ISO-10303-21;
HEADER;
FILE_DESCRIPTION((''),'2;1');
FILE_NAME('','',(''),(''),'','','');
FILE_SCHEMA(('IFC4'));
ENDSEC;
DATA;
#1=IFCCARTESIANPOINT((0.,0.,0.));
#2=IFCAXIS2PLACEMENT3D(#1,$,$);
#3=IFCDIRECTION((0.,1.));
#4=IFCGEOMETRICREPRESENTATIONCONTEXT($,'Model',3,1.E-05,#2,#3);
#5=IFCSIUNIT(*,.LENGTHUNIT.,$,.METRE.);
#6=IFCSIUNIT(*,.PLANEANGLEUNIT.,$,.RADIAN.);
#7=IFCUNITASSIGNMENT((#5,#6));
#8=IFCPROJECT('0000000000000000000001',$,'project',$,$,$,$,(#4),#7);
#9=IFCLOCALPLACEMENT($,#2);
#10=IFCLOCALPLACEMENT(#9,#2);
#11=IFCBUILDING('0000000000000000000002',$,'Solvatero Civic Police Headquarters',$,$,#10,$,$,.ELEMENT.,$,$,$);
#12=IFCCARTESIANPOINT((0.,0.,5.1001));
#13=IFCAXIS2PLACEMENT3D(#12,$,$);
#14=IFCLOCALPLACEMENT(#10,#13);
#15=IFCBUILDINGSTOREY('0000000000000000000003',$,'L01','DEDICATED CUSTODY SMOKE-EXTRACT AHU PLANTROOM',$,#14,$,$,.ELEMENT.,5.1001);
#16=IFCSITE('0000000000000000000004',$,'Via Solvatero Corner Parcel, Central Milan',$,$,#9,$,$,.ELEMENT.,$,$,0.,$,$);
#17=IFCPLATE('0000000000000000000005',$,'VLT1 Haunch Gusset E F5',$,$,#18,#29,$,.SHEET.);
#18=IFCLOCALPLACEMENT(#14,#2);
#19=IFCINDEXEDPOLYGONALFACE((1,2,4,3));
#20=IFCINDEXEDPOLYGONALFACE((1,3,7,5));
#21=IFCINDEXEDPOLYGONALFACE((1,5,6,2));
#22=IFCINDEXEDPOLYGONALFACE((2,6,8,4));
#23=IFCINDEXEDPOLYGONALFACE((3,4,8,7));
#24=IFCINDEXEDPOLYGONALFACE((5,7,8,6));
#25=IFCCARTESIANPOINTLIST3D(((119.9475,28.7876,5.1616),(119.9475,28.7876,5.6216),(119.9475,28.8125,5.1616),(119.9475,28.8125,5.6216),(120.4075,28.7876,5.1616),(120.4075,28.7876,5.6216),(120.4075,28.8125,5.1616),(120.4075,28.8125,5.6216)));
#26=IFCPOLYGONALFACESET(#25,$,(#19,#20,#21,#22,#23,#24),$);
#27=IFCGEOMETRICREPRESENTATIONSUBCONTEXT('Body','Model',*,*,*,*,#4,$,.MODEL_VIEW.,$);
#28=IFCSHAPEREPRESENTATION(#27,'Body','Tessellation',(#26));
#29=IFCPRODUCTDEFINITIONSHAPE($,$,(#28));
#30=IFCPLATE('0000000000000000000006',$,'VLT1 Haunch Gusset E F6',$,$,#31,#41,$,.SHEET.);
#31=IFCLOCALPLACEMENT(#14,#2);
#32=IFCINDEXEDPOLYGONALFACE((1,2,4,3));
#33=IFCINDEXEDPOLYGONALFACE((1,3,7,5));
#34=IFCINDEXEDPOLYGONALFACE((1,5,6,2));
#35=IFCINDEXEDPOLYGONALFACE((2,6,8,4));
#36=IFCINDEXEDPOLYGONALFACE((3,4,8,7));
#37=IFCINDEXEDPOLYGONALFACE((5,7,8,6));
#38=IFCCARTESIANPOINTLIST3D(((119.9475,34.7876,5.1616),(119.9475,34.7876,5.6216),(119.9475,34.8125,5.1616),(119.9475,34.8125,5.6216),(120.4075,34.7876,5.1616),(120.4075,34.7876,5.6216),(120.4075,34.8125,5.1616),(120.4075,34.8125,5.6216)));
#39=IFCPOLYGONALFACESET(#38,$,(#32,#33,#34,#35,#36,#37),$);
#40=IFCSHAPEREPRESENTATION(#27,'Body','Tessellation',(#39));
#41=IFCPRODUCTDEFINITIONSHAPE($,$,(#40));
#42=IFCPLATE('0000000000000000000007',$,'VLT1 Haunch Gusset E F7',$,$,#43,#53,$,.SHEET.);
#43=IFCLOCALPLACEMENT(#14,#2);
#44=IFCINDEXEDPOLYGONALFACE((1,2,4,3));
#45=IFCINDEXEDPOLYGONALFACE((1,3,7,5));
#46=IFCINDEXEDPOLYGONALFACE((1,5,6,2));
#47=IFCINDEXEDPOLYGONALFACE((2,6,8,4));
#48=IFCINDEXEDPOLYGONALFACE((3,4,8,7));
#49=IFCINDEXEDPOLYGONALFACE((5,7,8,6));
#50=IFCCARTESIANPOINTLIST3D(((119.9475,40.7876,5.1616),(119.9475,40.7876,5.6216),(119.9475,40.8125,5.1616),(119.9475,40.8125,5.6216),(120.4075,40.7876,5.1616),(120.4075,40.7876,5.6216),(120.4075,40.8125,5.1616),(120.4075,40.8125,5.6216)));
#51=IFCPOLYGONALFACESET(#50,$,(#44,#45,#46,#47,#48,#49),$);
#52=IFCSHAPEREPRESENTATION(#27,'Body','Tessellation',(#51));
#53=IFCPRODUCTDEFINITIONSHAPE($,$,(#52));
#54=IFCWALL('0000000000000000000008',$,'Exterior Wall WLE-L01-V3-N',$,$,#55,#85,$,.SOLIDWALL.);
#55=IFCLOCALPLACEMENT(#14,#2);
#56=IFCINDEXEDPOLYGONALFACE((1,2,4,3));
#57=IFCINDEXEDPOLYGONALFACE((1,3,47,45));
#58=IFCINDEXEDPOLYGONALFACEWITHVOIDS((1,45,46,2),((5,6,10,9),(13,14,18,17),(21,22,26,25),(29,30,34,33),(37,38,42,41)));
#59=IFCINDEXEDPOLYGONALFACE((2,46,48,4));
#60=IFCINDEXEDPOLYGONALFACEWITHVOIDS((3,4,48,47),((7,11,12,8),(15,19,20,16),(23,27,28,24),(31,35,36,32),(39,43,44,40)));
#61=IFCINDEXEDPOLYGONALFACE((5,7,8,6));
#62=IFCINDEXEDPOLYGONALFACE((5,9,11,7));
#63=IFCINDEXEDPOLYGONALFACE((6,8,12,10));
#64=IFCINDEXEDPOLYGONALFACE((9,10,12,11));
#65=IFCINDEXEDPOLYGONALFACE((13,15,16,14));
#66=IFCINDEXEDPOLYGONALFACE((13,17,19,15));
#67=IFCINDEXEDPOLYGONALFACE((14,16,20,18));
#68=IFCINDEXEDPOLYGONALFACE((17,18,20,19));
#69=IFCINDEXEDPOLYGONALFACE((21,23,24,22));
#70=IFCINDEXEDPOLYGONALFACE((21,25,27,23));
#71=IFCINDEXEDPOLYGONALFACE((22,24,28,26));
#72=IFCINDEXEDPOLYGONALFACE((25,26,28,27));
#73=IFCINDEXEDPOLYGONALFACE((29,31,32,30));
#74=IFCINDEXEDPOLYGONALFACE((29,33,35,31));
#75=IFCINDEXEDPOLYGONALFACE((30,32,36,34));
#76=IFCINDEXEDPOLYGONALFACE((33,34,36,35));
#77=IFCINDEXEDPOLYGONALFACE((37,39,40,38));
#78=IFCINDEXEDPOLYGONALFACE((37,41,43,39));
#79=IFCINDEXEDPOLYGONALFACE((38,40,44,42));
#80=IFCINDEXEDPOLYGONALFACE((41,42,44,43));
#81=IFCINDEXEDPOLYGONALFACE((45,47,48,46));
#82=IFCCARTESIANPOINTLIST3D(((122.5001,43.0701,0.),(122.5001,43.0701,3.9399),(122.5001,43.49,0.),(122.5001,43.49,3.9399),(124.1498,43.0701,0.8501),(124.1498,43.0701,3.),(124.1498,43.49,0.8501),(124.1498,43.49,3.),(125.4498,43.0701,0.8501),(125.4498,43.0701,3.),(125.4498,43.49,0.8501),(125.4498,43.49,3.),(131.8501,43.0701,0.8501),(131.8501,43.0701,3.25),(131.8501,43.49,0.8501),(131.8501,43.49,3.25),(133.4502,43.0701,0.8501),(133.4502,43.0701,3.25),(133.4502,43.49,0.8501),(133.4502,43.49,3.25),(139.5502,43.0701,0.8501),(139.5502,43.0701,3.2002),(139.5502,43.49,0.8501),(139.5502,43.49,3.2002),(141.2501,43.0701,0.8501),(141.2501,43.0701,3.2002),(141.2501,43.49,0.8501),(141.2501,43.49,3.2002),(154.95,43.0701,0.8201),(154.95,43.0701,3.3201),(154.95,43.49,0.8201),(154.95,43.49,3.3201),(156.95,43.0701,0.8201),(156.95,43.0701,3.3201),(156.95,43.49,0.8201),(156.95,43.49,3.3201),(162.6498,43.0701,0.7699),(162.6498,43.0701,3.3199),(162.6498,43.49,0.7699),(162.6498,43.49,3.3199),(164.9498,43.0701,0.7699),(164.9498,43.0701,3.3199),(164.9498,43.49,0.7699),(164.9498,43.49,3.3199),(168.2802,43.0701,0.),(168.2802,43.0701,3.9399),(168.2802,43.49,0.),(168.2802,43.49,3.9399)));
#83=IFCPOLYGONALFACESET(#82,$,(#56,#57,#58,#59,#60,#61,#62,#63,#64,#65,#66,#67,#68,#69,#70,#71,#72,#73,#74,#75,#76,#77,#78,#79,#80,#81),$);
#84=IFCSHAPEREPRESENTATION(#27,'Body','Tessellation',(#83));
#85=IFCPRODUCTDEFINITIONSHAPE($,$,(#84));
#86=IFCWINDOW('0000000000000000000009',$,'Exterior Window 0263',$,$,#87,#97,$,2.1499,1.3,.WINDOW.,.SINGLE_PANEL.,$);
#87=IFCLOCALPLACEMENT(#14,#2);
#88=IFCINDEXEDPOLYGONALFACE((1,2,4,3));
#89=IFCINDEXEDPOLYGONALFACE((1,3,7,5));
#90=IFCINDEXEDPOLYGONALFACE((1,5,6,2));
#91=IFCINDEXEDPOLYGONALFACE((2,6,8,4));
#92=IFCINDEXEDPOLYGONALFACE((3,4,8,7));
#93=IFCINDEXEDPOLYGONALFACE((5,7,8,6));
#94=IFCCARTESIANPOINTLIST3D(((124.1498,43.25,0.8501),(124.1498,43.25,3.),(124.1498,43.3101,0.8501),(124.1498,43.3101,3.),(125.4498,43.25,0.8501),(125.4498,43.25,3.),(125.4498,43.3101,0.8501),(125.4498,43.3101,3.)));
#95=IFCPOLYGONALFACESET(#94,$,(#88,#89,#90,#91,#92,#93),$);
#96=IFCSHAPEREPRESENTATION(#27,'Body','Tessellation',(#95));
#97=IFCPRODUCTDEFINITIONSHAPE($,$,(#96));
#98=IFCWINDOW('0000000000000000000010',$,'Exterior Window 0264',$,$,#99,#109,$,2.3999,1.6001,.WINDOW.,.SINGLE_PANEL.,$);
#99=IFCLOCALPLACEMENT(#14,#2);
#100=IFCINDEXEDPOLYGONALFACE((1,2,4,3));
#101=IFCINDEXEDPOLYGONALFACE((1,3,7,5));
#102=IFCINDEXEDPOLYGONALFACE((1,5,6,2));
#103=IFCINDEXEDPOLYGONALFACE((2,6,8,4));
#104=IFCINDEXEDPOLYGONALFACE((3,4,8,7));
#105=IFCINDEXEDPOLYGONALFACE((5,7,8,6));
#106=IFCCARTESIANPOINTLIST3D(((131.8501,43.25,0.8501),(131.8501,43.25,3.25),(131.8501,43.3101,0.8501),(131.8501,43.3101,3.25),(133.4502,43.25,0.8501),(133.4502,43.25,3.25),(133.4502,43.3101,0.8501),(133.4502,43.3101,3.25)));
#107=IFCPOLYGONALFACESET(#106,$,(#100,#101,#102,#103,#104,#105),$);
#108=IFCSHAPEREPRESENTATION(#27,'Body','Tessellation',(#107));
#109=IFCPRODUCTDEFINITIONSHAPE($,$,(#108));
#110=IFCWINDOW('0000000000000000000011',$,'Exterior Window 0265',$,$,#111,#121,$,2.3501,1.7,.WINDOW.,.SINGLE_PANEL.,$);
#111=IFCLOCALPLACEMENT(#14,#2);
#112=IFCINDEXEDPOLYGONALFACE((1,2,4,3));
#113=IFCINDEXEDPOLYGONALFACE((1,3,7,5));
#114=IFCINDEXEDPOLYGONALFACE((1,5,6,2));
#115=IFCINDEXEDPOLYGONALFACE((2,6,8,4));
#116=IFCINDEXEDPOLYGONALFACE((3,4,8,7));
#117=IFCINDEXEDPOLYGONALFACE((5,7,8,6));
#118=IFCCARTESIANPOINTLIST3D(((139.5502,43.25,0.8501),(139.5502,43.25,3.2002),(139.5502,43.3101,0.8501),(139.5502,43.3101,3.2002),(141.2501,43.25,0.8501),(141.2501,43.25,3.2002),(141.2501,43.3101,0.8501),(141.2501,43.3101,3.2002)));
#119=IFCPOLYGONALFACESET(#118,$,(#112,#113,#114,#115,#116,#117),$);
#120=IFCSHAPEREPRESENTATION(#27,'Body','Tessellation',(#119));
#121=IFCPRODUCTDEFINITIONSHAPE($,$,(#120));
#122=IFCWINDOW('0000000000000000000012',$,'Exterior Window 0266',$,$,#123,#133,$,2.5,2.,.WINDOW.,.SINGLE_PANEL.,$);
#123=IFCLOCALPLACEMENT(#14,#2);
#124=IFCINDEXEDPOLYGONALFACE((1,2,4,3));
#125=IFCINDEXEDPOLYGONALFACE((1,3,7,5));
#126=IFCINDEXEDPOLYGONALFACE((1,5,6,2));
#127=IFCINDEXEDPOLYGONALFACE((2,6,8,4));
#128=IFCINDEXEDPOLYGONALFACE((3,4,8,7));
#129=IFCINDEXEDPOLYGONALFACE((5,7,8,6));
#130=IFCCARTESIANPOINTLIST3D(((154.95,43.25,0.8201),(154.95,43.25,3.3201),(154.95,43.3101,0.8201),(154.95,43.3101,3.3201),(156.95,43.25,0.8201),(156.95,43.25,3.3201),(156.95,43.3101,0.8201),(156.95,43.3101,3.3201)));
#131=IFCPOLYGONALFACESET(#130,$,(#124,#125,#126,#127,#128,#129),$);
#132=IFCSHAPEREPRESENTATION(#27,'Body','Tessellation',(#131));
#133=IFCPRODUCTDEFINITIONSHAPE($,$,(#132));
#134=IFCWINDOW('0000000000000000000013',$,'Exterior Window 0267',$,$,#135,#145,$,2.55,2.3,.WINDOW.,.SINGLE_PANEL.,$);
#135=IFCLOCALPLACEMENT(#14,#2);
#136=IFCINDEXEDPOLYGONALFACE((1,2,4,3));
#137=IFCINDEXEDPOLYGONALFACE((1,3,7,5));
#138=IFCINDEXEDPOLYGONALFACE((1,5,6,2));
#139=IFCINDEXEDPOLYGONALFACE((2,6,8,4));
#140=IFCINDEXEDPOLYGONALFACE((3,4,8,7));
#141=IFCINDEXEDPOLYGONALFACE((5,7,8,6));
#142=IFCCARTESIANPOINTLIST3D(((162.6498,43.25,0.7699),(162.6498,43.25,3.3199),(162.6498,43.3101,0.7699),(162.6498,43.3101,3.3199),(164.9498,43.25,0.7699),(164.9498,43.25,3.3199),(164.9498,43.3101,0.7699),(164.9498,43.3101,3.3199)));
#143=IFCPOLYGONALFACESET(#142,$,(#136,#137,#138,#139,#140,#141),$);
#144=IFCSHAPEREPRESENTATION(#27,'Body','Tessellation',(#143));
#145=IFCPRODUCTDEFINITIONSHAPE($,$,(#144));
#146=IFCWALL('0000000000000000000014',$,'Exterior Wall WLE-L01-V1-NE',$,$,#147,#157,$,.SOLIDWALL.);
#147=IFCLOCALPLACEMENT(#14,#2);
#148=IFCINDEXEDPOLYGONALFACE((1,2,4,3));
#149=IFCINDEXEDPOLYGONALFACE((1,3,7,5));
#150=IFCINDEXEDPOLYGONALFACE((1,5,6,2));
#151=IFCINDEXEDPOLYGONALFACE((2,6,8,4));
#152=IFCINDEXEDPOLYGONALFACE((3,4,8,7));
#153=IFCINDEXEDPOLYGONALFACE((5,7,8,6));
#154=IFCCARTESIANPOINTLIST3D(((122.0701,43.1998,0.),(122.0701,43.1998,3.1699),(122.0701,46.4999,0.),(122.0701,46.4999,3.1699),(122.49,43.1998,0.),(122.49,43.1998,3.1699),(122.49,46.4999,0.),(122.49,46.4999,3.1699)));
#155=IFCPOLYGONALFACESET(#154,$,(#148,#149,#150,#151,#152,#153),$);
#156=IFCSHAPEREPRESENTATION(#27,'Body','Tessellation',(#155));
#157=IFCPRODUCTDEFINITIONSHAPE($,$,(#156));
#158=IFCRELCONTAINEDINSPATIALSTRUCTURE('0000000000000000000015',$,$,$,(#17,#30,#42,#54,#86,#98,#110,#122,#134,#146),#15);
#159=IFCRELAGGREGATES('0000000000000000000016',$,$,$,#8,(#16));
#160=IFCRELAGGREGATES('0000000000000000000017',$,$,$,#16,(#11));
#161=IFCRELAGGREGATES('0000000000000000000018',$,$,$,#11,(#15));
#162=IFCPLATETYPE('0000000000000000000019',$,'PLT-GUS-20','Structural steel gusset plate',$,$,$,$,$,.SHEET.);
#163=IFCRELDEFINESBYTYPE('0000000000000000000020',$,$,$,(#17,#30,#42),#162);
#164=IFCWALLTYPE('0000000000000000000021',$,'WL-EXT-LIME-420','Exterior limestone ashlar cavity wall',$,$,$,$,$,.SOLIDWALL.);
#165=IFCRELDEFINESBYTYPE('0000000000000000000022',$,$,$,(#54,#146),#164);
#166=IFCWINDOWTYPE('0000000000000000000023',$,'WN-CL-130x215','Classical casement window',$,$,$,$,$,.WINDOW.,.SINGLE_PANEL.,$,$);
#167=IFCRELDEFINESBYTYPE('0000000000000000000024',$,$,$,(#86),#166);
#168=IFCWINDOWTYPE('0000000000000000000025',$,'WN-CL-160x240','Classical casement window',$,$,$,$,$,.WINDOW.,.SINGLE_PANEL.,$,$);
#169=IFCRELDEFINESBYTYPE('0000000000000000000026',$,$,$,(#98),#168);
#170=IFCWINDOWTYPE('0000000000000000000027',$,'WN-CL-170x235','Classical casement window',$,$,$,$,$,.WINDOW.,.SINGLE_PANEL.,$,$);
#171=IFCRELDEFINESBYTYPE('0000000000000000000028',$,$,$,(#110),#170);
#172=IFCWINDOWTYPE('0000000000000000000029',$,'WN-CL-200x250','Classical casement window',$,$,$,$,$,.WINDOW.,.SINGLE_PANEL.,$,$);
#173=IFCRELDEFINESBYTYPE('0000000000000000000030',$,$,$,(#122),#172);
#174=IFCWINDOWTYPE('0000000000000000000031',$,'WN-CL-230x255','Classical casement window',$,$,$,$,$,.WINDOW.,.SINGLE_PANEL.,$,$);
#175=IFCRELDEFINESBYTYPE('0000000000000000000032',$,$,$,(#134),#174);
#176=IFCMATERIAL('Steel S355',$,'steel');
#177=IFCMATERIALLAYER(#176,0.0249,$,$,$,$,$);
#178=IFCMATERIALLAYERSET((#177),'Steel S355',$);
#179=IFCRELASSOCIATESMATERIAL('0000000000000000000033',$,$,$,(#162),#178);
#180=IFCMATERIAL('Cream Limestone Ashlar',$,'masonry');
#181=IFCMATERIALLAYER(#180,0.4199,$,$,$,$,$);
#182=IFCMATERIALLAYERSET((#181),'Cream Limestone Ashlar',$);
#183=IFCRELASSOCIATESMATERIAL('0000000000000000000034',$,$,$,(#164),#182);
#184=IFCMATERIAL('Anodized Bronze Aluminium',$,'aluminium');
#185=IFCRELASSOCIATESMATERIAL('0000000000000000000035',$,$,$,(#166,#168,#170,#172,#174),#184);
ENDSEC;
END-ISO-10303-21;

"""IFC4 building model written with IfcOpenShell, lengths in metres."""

from ifc_helpers import new_model, si_unit, direction, frame, frame_2d, origin, origin_2d, place, context, subcontext, project, spatial, rectangle, extrude, material, layer, layer_set, type_object, element, fill, save


model = new_model("IFC4")

# Units and contexts
model_context = context("Model", 3, precision=1e-05, world=origin(), true_north=direction((0.0, 1.0)))
body_context = subcontext(model_context, "Body", "Model", "MODEL_VIEW")
ifc_project = project(units=[si_unit("LENGTHUNIT", "METRE"), si_unit("PLANEANGLEUNIT", "RADIAN")], contexts=[model_context])

# Site, building, storey
site_placement = place(None, origin())
site = spatial("IfcSite", under=ifc_project, at=site_placement, Name="Via Solvatero Corner Parcel, Central Milan", CompositionType="ELEMENT", RefElevation=0.0)
building_placement = place(site_placement, origin())
building = spatial("IfcBuilding", under=site, at=building_placement, Name="Solvatero Civic Police Headquarters", CompositionType="ELEMENT")
storey_placement = place(building_placement, frame((0.0, 0.0, 5.1001)))
storey = spatial("IfcBuildingStorey", under=building, at=storey_placement, Name="L01", Description="DEDICATED CUSTODY SMOKE-EXTRACT AHU PLANTROOM", CompositionType="ELEMENT", Elevation=5.1001)

# Shared definitions
ifc_material_1 = material(Name="Steel S355", Category="steel")

# Plates
ifc_layer_1 = layer(ifc_material_1, 0.0249)
ifc_layer_set_1 = layer_set([ifc_layer_1], Name="Steel S355")
plate_type_1 = type_object("IfcPlateType", Name="PLT-GUS-20", Description="Structural steel gusset plate", PredefinedType="SHEET", material=ifc_layer_set_1)
for number, where, z_axis, x_axis, name in (
    (1, (120.1775, 28.8, 5.1616), (0.0, 0.0, 1.0), (1.0, 0.0, 0.0), "VLT1 Haunch Gusset E F5"),
    (2, (120.1775, 34.8, 5.1616), (0.0, 0.0, 1.0), (1.0, 0.0, 0.0), "VLT1 Haunch Gusset E F6"),
    (3, (120.1775, 40.8, 5.1616), (0.0, 0.0, 1.0), (1.0, 0.0, 0.0), "VLT1 Haunch Gusset E F7"),
):
    element("IfcPlate", number, at=place(storey_placement, frame(where, z_axis=z_axis, x_axis=x_axis)), inside=storey, type_object=plate_type_1, Name=name, PredefinedType="SHEET", context=body_context, shape_type="SweptSolid", body=[
        extrude(rectangle(XDim=0.46, YDim=0.0249, at=origin_2d()), origin(), (0.0, 0.0, 1.0), 0.46),
    ])

# Wall, openings, windows
ifc_material_2 = material(Name="Cream Limestone Ashlar", Category="masonry")
ifc_layer_2 = layer(ifc_material_2, 0.4199)
ifc_layer_set_2 = layer_set([ifc_layer_2], Name="Cream Limestone Ashlar")
wall_type_1 = type_object("IfcWallType", Name="WL-EXT-LIME-420", Description="Exterior limestone ashlar cavity wall", PredefinedType="SOLIDWALL", material=ifc_layer_set_2)
wall_1_placement = place(storey_placement, frame((122.5, 43.28, 0.0), z_axis=(0.0, 0.0, 1.0), x_axis=(1.0, 0.0, 0.0)))
wall_1 = element("IfcWall", 4, at=wall_1_placement, inside=storey, type_object=wall_type_1, Name="Exterior Wall WLE-L01-V3-N", PredefinedType="SOLIDWALL", context=body_context, shape_type="SweptSolid", body=[
    extrude(rectangle(XDim=45.78, YDim=0.4199, at=frame_2d((22.8901, 0.0))), origin(), (0.0, 0.0, 1.0), 3.9399),
])
opening_1_placement = place(wall_1_placement, frame((1.6499, 0.0, 0.8501)))
opening_1 = element("IfcOpeningElement", 5, at=opening_1_placement, cuts=wall_1, PredefinedType="OPENING", context=body_context, shape_type="SweptSolid", body=[
    extrude(rectangle(XDim=1.3, YDim=2.1499, at=frame_2d((0.6499, 1.075))), frame((0.0, 0.22, 0.0), z_axis=(0.0, -1.0, 0.0), x_axis=(1.0, 0.0, 0.0)), (0.0, 0.0, 1.0), 0.4399),
])
opening_2_placement = place(wall_1_placement, frame((9.3501, 0.0, 0.8501)))
opening_2 = element("IfcOpeningElement", 6, at=opening_2_placement, cuts=wall_1, PredefinedType="OPENING", context=body_context, shape_type="SweptSolid", body=[
    extrude(rectangle(XDim=1.6001, YDim=2.3999, at=frame_2d((0.8, 1.2))), frame((0.0, 0.22, 0.0), z_axis=(0.0, -1.0, 0.0), x_axis=(1.0, 0.0, 0.0)), (0.0, 0.0, 1.0), 0.4399),
])
opening_3_placement = place(wall_1_placement, frame((17.05, 0.0, 0.8501)))
opening_3 = element("IfcOpeningElement", 7, at=opening_3_placement, cuts=wall_1, PredefinedType="OPENING", context=body_context, shape_type="SweptSolid", body=[
    extrude(rectangle(XDim=1.7, YDim=2.3501, at=frame_2d((0.8501, 1.175))), frame((0.0, 0.22, 0.0), z_axis=(0.0, -1.0, 0.0), x_axis=(1.0, 0.0, 0.0)), (0.0, 0.0, 1.0), 0.4399),
])
opening_4_placement = place(wall_1_placement, frame((32.45, 0.0, 0.8201)))
opening_4 = element("IfcOpeningElement", 8, at=opening_4_placement, cuts=wall_1, PredefinedType="OPENING", context=body_context, shape_type="SweptSolid", body=[
    extrude(rectangle(XDim=2.0, YDim=2.5, at=frame_2d((1.0, 1.25))), frame((0.0, 0.22, 0.0), z_axis=(0.0, -1.0, 0.0), x_axis=(1.0, 0.0, 0.0)), (0.0, 0.0, 1.0), 0.4399),
])
opening_5_placement = place(wall_1_placement, frame((40.1499, 0.0, 0.77)))
opening_5 = element("IfcOpeningElement", 9, at=opening_5_placement, cuts=wall_1, PredefinedType="OPENING", context=body_context, shape_type="SweptSolid", body=[
    extrude(rectangle(XDim=2.3, YDim=2.55, at=frame_2d((1.1499, 1.2749))), frame((0.0, 0.22, 0.0), z_axis=(0.0, -1.0, 0.0), x_axis=(1.0, 0.0, 0.0)), (0.0, 0.0, 1.0), 0.4399),
])
ifc_material_3 = material(Name="Anodized Bronze Aluminium", Category="aluminium")
window_type_1 = type_object("IfcWindowType", Name="WN-CL-130x215", Description="Classical casement window", PartitioningType="SINGLE_PANEL", PredefinedType="WINDOW", material=ifc_material_3)
window_1_placement = place(opening_1_placement, origin())
window_1 = element("IfcWindow", 10, at=window_1_placement, inside=storey, type_object=window_type_1, Name="Exterior Window 0263", OverallHeight=2.1499, OverallWidth=1.3, PartitioningType="SINGLE_PANEL", PredefinedType="WINDOW", context=body_context, shape_type="SweptSolid", body=[
    extrude(rectangle(XDim=1.3, YDim=2.1499, at=frame_2d((0.6499, 1.075))), frame((0.0, 0.03, 0.0), z_axis=(0.0, -1.0, 0.0), x_axis=(1.0, 0.0, 0.0)), (0.0, 0.0, 1.0), 0.0601),
])
fill(opening_1, window_1)
window_type_2 = type_object("IfcWindowType", Name="WN-CL-160x240", Description="Classical casement window", PartitioningType="SINGLE_PANEL", PredefinedType="WINDOW", material=ifc_material_3)
window_2_placement = place(opening_2_placement, origin())
window_2 = element("IfcWindow", 11, at=window_2_placement, inside=storey, type_object=window_type_2, Name="Exterior Window 0264", OverallHeight=2.3999, OverallWidth=1.6001, PartitioningType="SINGLE_PANEL", PredefinedType="WINDOW", context=body_context, shape_type="SweptSolid", body=[
    extrude(rectangle(XDim=1.6001, YDim=2.3999, at=frame_2d((0.8, 1.2))), frame((0.0, 0.03, 0.0), z_axis=(0.0, -1.0, 0.0), x_axis=(1.0, 0.0, 0.0)), (0.0, 0.0, 1.0), 0.0601),
])
fill(opening_2, window_2)
window_type_3 = type_object("IfcWindowType", Name="WN-CL-170x235", Description="Classical casement window", PartitioningType="SINGLE_PANEL", PredefinedType="WINDOW", material=ifc_material_3)
window_3_placement = place(opening_3_placement, origin())
window_3 = element("IfcWindow", 12, at=window_3_placement, inside=storey, type_object=window_type_3, Name="Exterior Window 0265", OverallHeight=2.3501, OverallWidth=1.7, PartitioningType="SINGLE_PANEL", PredefinedType="WINDOW", context=body_context, shape_type="SweptSolid", body=[
    extrude(rectangle(XDim=1.7, YDim=2.3501, at=frame_2d((0.8501, 1.175))), frame((0.0, 0.03, 0.0), z_axis=(0.0, -1.0, 0.0), x_axis=(1.0, 0.0, 0.0)), (0.0, 0.0, 1.0), 0.0601),
])
fill(opening_3, window_3)
window_type_4 = type_object("IfcWindowType", Name="WN-CL-200x250", Description="Classical casement window", PartitioningType="SINGLE_PANEL", PredefinedType="WINDOW", material=ifc_material_3)
window_4_placement = place(opening_4_placement, origin())
window_4 = element("IfcWindow", 13, at=window_4_placement, inside=storey, type_object=window_type_4, Name="Exterior Window 0266", OverallHeight=2.5, OverallWidth=2.0, PartitioningType="SINGLE_PANEL", PredefinedType="WINDOW", context=body_context, shape_type="SweptSolid", body=[
    extrude(rectangle(XDim=2.0, YDim=2.5, at=frame_2d((1.0, 1.25))), frame((0.0, 0.03, 0.0), z_axis=(0.0, -1.0, 0.0), x_axis=(1.0, 0.0, 0.0)), (0.0, 0.0, 1.0), 0.0601),
])
fill(opening_4, window_4)
window_type_5 = type_object("IfcWindowType", Name="WN-CL-230x255", Description="Classical casement window", PartitioningType="SINGLE_PANEL", PredefinedType="WINDOW", material=ifc_material_3)
window_5_placement = place(opening_5_placement, origin())
window_5 = element("IfcWindow", 14, at=window_5_placement, inside=storey, type_object=window_type_5, Name="Exterior Window 0267", OverallHeight=2.55, OverallWidth=2.3, PartitioningType="SINGLE_PANEL", PredefinedType="WINDOW", context=body_context, shape_type="SweptSolid", body=[
    extrude(rectangle(XDim=2.3, YDim=2.55, at=frame_2d((1.1499, 1.2749))), frame((0.0, 0.03, 0.0), z_axis=(0.0, -1.0, 0.0), x_axis=(1.0, 0.0, 0.0)), (0.0, 0.0, 1.0), 0.0601),
])
fill(opening_5, window_5)

# Wall
wall_2_placement = place(storey_placement, frame((122.28, 43.2, 0.0), z_axis=(0.0, 0.0, 1.0), x_axis=(0.0, 1.0, 0.0)))
element("IfcWall", 15, at=wall_2_placement, inside=storey, type_object=wall_type_1, Name="Exterior Wall WLE-L01-V1-NE", PredefinedType="SOLIDWALL", context=body_context, shape_type="SweptSolid", body=[
    extrude(rectangle(XDim=3.3, YDim=0.4199, at=frame_2d((1.6499, 0.0))), origin(), (0.0, 0.0, 1.0), 3.1699),
])

save(model, "model.ifc")
